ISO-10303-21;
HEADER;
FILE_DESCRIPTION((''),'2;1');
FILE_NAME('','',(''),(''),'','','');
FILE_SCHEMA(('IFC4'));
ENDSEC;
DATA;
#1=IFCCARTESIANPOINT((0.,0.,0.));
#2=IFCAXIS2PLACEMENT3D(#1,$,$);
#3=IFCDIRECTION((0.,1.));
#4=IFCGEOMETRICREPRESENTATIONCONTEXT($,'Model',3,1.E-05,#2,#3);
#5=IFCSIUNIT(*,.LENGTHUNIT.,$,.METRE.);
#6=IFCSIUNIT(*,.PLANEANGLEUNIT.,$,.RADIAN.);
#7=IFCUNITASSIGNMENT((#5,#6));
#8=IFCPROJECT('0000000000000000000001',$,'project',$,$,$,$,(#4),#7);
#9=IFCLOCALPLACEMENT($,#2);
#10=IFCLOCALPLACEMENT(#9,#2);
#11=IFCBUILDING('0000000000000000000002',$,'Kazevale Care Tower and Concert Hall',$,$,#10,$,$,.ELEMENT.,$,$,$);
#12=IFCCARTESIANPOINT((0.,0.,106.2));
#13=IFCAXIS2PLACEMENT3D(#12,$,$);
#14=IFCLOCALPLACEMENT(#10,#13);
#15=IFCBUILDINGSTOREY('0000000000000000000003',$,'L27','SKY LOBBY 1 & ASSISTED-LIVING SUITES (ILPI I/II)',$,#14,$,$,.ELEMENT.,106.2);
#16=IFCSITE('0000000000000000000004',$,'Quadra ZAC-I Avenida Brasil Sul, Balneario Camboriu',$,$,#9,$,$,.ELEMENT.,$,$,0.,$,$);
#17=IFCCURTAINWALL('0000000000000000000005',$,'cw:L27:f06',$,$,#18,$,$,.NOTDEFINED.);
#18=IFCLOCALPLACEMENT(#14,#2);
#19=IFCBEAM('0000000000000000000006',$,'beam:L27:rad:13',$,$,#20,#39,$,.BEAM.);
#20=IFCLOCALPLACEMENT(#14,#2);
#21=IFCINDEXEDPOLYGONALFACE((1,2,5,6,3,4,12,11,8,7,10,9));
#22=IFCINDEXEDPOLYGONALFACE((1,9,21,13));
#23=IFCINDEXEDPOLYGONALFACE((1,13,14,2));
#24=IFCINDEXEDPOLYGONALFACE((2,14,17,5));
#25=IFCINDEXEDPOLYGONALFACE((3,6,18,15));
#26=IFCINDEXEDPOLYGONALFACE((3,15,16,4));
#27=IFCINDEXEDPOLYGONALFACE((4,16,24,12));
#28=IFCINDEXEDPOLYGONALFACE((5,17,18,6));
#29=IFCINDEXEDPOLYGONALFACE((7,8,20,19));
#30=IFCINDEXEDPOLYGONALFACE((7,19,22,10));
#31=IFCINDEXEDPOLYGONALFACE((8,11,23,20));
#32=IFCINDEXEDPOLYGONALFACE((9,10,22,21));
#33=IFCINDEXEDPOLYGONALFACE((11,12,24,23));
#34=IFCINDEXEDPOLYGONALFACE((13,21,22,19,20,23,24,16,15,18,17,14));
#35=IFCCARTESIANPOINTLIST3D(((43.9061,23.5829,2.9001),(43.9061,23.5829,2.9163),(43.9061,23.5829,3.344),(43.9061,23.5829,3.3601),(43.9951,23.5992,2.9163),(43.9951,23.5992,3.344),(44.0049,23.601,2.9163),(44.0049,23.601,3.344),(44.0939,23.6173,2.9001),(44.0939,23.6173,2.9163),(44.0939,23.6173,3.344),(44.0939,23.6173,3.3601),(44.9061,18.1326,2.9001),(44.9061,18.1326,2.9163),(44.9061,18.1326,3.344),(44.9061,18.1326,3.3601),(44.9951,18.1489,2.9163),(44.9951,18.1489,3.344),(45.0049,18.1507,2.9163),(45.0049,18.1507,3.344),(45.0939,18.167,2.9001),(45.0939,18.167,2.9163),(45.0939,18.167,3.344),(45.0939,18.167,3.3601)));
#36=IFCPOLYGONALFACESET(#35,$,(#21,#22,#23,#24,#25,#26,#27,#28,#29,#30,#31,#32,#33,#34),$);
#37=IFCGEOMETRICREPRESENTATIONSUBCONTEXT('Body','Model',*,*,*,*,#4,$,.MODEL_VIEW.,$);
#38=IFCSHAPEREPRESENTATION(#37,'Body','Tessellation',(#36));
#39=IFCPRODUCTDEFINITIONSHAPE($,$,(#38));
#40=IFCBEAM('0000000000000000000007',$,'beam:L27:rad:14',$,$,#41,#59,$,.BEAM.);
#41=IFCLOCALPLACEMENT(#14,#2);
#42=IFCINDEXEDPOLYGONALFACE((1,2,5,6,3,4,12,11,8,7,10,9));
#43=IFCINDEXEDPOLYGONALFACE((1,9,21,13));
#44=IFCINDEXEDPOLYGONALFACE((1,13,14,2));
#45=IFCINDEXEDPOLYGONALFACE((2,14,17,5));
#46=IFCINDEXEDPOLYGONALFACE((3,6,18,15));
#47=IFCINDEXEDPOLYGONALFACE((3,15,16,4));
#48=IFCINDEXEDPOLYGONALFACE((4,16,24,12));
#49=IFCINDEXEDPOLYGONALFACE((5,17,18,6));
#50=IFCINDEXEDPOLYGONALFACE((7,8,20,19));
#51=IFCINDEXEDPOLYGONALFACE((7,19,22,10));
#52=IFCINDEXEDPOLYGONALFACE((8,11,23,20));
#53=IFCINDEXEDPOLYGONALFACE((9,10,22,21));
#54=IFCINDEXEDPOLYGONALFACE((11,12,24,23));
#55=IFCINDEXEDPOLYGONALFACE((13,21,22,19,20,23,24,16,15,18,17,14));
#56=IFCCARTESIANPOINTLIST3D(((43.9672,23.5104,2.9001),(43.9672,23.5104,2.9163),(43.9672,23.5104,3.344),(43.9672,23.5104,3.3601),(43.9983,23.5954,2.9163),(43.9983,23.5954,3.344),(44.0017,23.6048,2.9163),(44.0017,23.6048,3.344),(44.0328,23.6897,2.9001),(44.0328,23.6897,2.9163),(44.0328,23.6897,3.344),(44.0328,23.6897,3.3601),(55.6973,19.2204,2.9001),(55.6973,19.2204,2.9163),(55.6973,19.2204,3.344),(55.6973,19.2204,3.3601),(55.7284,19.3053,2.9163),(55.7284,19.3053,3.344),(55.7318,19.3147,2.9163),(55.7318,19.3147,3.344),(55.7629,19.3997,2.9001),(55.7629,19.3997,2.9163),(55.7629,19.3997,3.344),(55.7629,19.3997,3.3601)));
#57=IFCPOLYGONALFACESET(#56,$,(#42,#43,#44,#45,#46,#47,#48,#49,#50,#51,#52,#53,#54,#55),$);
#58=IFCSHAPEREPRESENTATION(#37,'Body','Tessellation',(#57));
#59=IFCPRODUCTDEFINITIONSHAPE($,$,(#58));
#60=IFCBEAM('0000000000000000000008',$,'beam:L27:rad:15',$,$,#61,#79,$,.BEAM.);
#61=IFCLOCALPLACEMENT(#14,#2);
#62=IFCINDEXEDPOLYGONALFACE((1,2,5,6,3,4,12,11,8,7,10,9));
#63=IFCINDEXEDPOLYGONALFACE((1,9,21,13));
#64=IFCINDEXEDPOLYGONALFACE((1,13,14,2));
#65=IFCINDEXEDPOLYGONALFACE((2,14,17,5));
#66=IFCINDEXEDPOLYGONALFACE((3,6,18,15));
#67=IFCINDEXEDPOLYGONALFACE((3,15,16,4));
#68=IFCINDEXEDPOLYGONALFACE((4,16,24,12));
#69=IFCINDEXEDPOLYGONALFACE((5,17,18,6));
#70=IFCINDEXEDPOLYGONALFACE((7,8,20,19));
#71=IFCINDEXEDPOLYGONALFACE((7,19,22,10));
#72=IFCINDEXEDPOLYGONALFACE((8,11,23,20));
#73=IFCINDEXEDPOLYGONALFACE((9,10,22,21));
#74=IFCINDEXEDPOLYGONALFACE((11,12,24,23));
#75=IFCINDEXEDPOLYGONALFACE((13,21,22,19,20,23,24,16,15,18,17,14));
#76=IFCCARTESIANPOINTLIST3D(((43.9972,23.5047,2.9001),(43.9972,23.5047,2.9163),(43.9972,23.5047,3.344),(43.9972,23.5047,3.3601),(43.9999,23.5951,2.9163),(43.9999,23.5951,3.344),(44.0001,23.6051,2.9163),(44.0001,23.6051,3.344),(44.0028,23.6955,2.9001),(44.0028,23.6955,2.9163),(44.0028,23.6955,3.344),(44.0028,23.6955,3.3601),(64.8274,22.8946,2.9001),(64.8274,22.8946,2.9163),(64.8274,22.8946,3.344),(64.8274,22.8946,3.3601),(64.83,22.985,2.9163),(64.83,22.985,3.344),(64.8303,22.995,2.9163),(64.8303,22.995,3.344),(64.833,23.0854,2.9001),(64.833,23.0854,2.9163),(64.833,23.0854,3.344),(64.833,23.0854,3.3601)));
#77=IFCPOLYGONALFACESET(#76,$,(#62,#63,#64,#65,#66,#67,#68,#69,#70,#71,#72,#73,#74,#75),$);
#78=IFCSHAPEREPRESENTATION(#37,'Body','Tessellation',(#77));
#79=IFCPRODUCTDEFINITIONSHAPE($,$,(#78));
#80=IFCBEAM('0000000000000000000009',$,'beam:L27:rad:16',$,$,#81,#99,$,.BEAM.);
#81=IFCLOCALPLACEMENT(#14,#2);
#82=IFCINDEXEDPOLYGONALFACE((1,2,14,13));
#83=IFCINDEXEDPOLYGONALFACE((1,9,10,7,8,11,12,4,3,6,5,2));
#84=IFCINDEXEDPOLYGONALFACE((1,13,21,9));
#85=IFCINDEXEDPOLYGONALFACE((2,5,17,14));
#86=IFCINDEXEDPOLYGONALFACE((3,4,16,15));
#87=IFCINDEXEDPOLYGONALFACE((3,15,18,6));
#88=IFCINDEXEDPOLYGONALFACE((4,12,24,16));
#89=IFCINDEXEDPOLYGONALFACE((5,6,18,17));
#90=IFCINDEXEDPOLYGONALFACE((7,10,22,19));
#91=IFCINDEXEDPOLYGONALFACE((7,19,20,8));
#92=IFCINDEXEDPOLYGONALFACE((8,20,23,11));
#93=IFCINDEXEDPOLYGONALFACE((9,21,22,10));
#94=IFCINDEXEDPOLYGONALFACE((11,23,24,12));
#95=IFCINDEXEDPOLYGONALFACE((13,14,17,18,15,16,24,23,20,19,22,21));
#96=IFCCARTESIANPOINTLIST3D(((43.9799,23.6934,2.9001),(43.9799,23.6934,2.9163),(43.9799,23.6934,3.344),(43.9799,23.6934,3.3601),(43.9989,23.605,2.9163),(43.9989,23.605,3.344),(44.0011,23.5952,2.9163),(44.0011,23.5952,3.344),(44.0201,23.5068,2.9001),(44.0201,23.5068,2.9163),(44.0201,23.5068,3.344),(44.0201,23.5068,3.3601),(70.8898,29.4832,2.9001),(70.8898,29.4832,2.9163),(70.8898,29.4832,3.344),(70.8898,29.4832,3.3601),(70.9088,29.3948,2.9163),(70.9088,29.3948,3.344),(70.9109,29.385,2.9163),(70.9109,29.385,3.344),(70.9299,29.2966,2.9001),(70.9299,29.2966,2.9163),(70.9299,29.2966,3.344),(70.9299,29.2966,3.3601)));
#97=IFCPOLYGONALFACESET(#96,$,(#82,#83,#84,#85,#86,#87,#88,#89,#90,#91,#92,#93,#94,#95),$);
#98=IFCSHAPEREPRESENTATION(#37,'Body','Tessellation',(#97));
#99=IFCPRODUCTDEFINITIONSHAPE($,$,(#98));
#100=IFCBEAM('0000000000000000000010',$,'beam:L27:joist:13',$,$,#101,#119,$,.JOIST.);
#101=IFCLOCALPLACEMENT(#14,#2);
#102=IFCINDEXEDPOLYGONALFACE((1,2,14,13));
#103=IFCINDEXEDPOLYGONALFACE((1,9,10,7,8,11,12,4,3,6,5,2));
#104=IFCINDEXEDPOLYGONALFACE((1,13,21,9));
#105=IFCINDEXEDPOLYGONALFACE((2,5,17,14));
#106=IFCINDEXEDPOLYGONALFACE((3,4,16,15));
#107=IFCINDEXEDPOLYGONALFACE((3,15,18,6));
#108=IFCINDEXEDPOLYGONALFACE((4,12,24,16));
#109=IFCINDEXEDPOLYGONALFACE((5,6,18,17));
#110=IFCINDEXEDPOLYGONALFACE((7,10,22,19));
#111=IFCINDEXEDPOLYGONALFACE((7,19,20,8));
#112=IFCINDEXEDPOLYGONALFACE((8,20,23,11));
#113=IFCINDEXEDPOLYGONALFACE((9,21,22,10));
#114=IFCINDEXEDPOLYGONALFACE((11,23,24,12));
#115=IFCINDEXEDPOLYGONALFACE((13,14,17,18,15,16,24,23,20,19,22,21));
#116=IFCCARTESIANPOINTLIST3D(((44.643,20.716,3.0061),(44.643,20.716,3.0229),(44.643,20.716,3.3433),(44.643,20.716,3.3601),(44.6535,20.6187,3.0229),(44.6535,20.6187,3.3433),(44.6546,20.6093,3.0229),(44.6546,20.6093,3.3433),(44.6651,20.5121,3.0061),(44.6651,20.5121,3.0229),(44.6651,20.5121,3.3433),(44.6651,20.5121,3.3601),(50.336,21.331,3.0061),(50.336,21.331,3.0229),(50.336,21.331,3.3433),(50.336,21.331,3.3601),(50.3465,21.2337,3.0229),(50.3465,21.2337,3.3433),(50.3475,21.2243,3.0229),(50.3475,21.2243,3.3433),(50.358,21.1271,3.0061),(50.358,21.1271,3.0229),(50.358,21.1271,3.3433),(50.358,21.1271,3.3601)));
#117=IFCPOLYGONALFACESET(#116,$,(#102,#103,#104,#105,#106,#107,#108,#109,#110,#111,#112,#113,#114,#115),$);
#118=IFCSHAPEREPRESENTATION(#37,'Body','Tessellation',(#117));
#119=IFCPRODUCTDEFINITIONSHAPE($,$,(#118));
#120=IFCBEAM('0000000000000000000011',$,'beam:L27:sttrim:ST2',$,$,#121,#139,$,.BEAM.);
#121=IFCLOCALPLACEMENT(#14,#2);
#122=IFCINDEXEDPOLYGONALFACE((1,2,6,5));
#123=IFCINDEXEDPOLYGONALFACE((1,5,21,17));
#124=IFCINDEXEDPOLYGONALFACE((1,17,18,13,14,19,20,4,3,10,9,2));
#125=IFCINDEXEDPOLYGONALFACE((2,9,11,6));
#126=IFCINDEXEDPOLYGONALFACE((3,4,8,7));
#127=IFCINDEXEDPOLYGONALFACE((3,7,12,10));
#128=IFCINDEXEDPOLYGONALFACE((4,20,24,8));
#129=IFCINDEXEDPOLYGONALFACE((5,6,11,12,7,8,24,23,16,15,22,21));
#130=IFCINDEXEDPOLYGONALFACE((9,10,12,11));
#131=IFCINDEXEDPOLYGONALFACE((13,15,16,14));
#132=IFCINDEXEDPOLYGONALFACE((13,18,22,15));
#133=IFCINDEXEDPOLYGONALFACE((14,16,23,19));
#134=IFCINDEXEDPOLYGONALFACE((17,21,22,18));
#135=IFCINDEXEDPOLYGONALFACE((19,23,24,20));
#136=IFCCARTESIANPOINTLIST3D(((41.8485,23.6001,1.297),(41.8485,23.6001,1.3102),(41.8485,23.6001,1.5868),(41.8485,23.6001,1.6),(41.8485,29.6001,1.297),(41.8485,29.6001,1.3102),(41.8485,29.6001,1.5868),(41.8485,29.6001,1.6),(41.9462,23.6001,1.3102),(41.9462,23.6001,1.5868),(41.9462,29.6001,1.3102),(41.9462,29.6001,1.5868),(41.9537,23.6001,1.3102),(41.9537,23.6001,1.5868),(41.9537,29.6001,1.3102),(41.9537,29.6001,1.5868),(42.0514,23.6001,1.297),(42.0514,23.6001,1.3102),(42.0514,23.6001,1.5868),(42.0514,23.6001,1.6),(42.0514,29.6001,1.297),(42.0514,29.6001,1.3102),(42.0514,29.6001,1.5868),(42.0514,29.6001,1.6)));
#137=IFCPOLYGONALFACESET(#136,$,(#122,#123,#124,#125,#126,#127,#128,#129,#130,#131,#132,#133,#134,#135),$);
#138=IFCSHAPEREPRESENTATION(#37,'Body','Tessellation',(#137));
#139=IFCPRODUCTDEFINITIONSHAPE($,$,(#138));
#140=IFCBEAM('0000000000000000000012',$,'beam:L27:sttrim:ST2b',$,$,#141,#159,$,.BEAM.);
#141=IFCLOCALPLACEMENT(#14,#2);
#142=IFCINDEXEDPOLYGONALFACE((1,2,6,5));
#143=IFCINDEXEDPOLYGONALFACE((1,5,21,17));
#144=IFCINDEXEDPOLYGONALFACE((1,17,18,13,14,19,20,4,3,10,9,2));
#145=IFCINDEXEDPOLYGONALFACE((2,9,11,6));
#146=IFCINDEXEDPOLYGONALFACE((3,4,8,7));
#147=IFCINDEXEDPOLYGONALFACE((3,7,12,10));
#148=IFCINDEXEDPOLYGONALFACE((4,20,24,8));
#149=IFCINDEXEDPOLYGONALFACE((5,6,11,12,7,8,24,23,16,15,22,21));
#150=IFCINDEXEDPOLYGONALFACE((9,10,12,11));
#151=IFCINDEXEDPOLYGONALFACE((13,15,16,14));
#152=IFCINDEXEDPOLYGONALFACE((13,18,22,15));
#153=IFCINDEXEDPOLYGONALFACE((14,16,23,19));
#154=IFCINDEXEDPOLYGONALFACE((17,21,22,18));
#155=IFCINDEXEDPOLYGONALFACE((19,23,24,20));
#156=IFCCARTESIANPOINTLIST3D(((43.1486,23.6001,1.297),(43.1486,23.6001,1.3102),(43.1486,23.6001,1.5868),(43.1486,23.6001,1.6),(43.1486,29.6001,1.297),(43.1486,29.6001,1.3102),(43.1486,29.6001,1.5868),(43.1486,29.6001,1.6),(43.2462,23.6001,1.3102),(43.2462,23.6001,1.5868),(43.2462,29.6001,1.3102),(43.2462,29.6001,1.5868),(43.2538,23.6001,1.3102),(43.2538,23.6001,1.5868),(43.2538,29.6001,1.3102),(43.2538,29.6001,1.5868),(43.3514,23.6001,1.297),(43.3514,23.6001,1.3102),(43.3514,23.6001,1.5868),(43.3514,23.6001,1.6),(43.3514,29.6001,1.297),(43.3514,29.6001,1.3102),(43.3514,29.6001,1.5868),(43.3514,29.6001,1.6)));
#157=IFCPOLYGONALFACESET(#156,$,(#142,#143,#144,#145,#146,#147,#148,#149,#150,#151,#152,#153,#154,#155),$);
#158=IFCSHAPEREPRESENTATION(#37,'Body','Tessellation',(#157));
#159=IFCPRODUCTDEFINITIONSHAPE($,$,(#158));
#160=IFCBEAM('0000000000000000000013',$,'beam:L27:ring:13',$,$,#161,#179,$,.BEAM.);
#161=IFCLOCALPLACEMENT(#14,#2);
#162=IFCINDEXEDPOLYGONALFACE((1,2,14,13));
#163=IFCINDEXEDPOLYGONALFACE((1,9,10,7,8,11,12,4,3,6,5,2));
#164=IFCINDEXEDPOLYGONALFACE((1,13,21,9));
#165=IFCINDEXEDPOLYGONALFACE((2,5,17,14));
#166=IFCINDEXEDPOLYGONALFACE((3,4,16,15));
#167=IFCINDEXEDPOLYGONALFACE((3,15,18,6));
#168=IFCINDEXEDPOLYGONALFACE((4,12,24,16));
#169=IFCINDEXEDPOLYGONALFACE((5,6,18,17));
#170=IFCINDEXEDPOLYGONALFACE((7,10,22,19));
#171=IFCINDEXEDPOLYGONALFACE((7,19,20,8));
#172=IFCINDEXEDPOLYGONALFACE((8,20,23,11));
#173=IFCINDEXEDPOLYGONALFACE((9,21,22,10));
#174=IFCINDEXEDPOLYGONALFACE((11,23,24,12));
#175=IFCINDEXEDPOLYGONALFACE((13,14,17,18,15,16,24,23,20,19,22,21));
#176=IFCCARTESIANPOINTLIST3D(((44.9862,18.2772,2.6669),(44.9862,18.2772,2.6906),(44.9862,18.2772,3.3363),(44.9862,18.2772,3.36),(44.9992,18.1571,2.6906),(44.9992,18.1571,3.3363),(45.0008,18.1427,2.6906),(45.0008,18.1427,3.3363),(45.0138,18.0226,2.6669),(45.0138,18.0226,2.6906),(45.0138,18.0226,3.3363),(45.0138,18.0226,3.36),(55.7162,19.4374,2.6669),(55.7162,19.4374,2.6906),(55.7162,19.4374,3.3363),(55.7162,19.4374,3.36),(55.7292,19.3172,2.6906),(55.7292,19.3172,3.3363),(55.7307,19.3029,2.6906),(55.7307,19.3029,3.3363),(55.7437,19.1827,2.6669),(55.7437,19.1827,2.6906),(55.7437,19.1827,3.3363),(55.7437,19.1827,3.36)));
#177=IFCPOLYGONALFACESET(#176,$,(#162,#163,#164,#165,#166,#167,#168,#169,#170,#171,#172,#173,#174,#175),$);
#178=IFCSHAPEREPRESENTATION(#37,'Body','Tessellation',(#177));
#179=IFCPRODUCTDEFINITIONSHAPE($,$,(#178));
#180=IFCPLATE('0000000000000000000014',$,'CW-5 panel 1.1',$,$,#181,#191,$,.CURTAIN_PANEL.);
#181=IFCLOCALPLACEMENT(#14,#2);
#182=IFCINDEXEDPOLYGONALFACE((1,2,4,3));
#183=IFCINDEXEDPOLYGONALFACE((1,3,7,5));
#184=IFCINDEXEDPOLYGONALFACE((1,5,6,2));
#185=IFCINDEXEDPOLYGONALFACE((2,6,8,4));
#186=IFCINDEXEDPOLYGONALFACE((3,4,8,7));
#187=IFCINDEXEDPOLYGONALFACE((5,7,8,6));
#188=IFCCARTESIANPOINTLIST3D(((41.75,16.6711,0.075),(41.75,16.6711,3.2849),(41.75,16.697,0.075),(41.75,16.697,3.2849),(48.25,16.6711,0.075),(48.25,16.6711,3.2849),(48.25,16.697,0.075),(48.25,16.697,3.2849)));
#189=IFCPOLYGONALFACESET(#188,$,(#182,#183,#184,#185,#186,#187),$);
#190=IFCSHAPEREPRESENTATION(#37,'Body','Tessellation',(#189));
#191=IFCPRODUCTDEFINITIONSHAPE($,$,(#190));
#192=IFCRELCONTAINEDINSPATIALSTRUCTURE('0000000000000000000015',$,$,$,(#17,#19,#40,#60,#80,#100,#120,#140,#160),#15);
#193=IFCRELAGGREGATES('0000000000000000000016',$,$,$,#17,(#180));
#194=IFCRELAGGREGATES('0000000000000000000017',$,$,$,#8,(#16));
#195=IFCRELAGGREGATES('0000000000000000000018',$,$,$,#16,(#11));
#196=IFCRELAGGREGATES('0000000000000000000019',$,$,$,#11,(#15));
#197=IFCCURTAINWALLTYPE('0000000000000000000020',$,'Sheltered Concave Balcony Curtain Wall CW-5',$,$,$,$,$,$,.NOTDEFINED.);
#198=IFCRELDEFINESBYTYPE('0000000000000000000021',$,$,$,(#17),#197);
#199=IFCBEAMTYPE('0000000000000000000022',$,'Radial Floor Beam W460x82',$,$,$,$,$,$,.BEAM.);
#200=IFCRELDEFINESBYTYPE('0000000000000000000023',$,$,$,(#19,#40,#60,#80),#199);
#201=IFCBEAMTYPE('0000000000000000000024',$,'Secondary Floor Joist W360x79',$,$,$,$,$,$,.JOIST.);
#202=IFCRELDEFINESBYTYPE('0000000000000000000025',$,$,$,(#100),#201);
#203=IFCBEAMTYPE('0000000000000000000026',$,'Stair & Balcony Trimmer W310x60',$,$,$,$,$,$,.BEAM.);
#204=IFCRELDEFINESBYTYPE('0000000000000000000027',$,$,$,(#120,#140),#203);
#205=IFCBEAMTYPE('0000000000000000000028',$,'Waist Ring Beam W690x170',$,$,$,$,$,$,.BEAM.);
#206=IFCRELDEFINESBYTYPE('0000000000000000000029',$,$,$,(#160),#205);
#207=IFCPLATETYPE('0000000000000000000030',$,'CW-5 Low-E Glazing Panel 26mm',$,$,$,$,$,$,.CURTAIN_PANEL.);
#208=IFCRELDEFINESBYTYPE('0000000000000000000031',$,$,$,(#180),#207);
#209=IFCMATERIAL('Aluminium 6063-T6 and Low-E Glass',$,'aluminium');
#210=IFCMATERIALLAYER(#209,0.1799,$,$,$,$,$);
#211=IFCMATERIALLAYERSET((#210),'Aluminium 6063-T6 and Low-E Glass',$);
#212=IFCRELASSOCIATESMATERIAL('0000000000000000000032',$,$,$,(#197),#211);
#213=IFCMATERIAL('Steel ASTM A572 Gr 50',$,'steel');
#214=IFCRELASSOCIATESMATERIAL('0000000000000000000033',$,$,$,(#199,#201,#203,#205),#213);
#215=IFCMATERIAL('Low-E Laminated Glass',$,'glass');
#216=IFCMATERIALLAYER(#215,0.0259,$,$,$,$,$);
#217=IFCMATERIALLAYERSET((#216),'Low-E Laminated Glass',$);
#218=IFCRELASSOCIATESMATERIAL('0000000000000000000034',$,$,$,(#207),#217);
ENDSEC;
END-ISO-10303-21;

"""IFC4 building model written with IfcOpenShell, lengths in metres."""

from ifc_helpers import new_model, si_unit, direction, frame, origin, origin_2d, place, context, subcontext, project, spatial, rectangle, i_section, extrude, material, layer, layer_set, material_profile, profile_set, type_object, element, aggregate, save


model = new_model("IFC4")

# Units and contexts
model_context = context("Model", 3, precision=1e-05, world=origin(), true_north=direction((0.0, 1.0)))
body_context = subcontext(model_context, "Body", "Model", "MODEL_VIEW")
ifc_project = project(units=[si_unit("LENGTHUNIT", "METRE"), si_unit("PLANEANGLEUNIT", "RADIAN")], contexts=[model_context])

# Site, building, storey
site_placement = place(None, origin())
site = spatial("IfcSite", under=ifc_project, at=site_placement, Name="Quadra ZAC-I Avenida Brasil Sul, Balneario Camboriu", CompositionType="ELEMENT", RefElevation=0.0)
building_placement = place(site_placement, origin())
building = spatial("IfcBuilding", under=site, at=building_placement, Name="Kazevale Care Tower and Concert Hall", CompositionType="ELEMENT")
storey_placement = place(building_placement, frame((0.0, 0.0, 106.2)))
storey = spatial("IfcBuildingStorey", under=building, at=storey_placement, Name="L27", Description="SKY LOBBY 1 & ASSISTED-LIVING SUITES (ILPI I/II)", CompositionType="ELEMENT", Elevation=106.2)

# Curtain wall
ifc_material_1 = material(Name="Aluminium 6063-T6 and Low-E Glass", Category="aluminium")
ifc_layer_1 = layer(ifc_material_1, 0.1799)
ifc_layer_set_1 = layer_set([ifc_layer_1], Name="Aluminium 6063-T6 and Low-E Glass")
curtain_wall_type = type_object("IfcCurtainWallType", Name="Sheltered Concave Balcony Curtain Wall CW-5", PredefinedType="NOTDEFINED", material=ifc_layer_set_1)
curtain_wall_1_placement = place(storey_placement, origin())
curtain_wall_1 = element("IfcCurtainWall", 1, at=curtain_wall_1_placement, inside=storey, type_object=curtain_wall_type, Name="cw:L27:f06", PredefinedType="NOTDEFINED")

# Beams
ifc_material_2 = material(Name="Steel ASTM A572 Gr 50", Category="steel")
ifc_material_profile_1 = material_profile(ifc_material_2, i_section(OverallWidth=0.1909, OverallDepth=0.46, WebThickness=0.01, FlangeThickness=0.0161, at=origin_2d()), Name="W460x82")
ifc_profile_set_1 = profile_set([ifc_material_profile_1], Name="Steel ASTM A572 Gr 50")
beam_type_1 = type_object("IfcBeamType", Name="Radial Floor Beam W460x82", PredefinedType="BEAM", material=ifc_profile_set_1)
beam_1_placement = place(storey_placement, frame((44.0, 23.6001, 3.1301), z_axis=(0.180467, -0.983581, 0.0), x_axis=(0.983581, 0.180467, 0.0)))
element("IfcBeam", 2, at=beam_1_placement, inside=storey, type_object=beam_type_1, Name="beam:L27:rad:13", PredefinedType="BEAM", context=body_context, shape_type="SweptSolid", body=[
    extrude(i_section(OverallWidth=0.1909, OverallDepth=0.46, WebThickness=0.01, FlangeThickness=0.0161, at=origin_2d()), origin(), (0.0, 0.0, 1.0), 5.5413),
])
beam_2_placement = place(storey_placement, frame((44.0, 23.6001, 3.1301), z_axis=(0.939159, -0.343481, 0.0), x_axis=(0.343481, 0.939159, 0.0)))
element("IfcBeam", 3, at=beam_2_placement, inside=storey, type_object=beam_type_1, Name="beam:L27:rad:14", PredefinedType="BEAM", context=body_context, shape_type="SweptSolid", body=[
    extrude(i_section(OverallWidth=0.1909, OverallDepth=0.46, WebThickness=0.01, FlangeThickness=0.0161, at=origin_2d()), origin(), (0.0, 0.0, 1.0), 12.49),
])
beam_3_placement = place(storey_placement, frame((44.0, 23.6001, 3.1301), z_axis=(0.999571, -0.029277, 0.0), x_axis=(0.029277, 0.999571, 0.0)))
element("IfcBeam", 4, at=beam_3_placement, inside=storey, type_object=beam_type_1, Name="beam:L27:rad:15", PredefinedType="BEAM", context=body_context, shape_type="SweptSolid", body=[
    extrude(i_section(OverallWidth=0.1909, OverallDepth=0.46, WebThickness=0.01, FlangeThickness=0.0161, at=origin_2d()), origin(), (0.0, 0.0, 1.0), 20.8391),
])
beam_4_placement = place(storey_placement, frame((44.0, 23.6001, 3.1301), z_axis=(0.977628, 0.210341, 0.0), x_axis=(-0.210341, 0.977628, 0.0)))
element("IfcBeam", 5, at=beam_4_placement, inside=storey, type_object=beam_type_1, Name="beam:L27:rad:16", PredefinedType="BEAM", context=body_context, shape_type="SweptSolid", body=[
    extrude(i_section(OverallWidth=0.1909, OverallDepth=0.46, WebThickness=0.01, FlangeThickness=0.0161, at=origin_2d()), origin(), (0.0, 0.0, 1.0), 27.5256),
])
ifc_material_profile_2 = material_profile(ifc_material_2, i_section(OverallWidth=0.2051, OverallDepth=0.354, WebThickness=0.0095, FlangeThickness=0.0168, at=origin_2d()), Name="W360x79")
ifc_profile_set_2 = profile_set([ifc_material_profile_2], Name="Steel ASTM A572 Gr 50")
beam_type_2 = type_object("IfcBeamType", Name="Secondary Floor Joist W360x79", PredefinedType="JOIST", material=ifc_profile_set_2)
beam_5_placement = place(storey_placement, frame((44.6541, 20.614, 3.1831), z_axis=(0.994216, 0.107403, 0.0), x_axis=(-0.107403, 0.994216, 0.0)))
element("IfcBeam", 6, at=beam_5_placement, inside=storey, type_object=beam_type_2, Name="beam:L27:joist:13", PredefinedType="JOIST", context=body_context, shape_type="SweptSolid", body=[
    extrude(i_section(OverallWidth=0.2051, OverallDepth=0.354, WebThickness=0.0095, FlangeThickness=0.0168, at=origin_2d()), origin(), (0.0, 0.0, 1.0), 5.7261),
])
ifc_material_profile_3 = material_profile(ifc_material_2, i_section(OverallWidth=0.2029, OverallDepth=0.303, WebThickness=0.0076, FlangeThickness=0.0132, at=origin_2d()), Name="W310x60")
ifc_profile_set_3 = profile_set([ifc_material_profile_3], Name="Steel ASTM A572 Gr 50")
beam_type_3 = type_object("IfcBeamType", Name="Stair & Balcony Trimmer W310x60", PredefinedType="BEAM", material=ifc_profile_set_3)
for number, where, z_axis, x_axis, name in (
    (7, (41.95, 23.6001, 1.4485), (0.0, 1.0, 0.0), (-1.0, 0.0, 0.0), "beam:L27:sttrim:ST2"),
    (8, (43.25, 23.6001, 1.4485), (0.0, 1.0, 0.0), (-1.0, 0.0, 0.0), "beam:L27:sttrim:ST2b"),
):
    element("IfcBeam", number, at=place(storey_placement, frame(where, z_axis=z_axis, x_axis=x_axis)), inside=storey, type_object=beam_type_3, Name=name, PredefinedType="BEAM", context=body_context, shape_type="SweptSolid", body=[
        extrude(i_section(OverallWidth=0.2029, OverallDepth=0.303, WebThickness=0.0076, FlangeThickness=0.0132, at=origin_2d()), origin(), (0.0, 0.0, 1.0), 6.0),
    ])
ifc_material_profile_4 = material_profile(ifc_material_2, i_section(OverallWidth=0.2561, OverallDepth=0.6931, WebThickness=0.0144, FlangeThickness=0.0237, at=origin_2d()), Name="W690x170")
ifc_profile_set_4 = profile_set([ifc_material_profile_4], Name="Steel ASTM A572 Gr 50")
beam_type_4 = type_object("IfcBeamType", Name="Waist Ring Beam W690x170", PredefinedType="BEAM", material=ifc_profile_set_4)
beam_6_placement = place(storey_placement, frame((45.0, 18.1499, 3.0134), z_axis=(0.994205, 0.107496, 0.0), x_axis=(-0.107496, 0.994205, 0.0)))
element("IfcBeam", 9, at=beam_6_placement, inside=storey, type_object=beam_type_4, Name="beam:L27:ring:13", PredefinedType="BEAM", context=body_context, shape_type="SweptSolid", body=[
    extrude(i_section(OverallWidth=0.2561, OverallDepth=0.6931, WebThickness=0.0144, FlangeThickness=0.0237, at=origin_2d()), origin(), (0.0, 0.0, 1.0), 10.7925),
])

# Plate
ifc_material_3 = material(Name="Low-E Laminated Glass", Category="glass")
ifc_layer_2 = layer(ifc_material_3, 0.0259)
ifc_layer_set_2 = layer_set([ifc_layer_2], Name="Low-E Laminated Glass")
plate_type = type_object("IfcPlateType", Name="CW-5 Low-E Glazing Panel 26mm", PredefinedType="CURTAIN_PANEL", material=ifc_layer_set_2)
plate_1_placement = place(storey_placement, frame((45.0, 16.6841, 0.075), z_axis=(0.0, 0.0, 1.0), x_axis=(-1.0, 0.0, 0.0)))
plate_1 = element("IfcPlate", 10, at=plate_1_placement, type_object=plate_type, Name="CW-5 panel 1.1", PredefinedType="CURTAIN_PANEL", context=body_context, shape_type="SweptSolid", body=[
    extrude(rectangle(XDim=6.5, YDim=0.0259, at=origin_2d()), origin(), (0.0, 0.0, 1.0), 3.21),
])
aggregate(curtain_wall_1, [plate_1])

save(model, "model.ifc")
